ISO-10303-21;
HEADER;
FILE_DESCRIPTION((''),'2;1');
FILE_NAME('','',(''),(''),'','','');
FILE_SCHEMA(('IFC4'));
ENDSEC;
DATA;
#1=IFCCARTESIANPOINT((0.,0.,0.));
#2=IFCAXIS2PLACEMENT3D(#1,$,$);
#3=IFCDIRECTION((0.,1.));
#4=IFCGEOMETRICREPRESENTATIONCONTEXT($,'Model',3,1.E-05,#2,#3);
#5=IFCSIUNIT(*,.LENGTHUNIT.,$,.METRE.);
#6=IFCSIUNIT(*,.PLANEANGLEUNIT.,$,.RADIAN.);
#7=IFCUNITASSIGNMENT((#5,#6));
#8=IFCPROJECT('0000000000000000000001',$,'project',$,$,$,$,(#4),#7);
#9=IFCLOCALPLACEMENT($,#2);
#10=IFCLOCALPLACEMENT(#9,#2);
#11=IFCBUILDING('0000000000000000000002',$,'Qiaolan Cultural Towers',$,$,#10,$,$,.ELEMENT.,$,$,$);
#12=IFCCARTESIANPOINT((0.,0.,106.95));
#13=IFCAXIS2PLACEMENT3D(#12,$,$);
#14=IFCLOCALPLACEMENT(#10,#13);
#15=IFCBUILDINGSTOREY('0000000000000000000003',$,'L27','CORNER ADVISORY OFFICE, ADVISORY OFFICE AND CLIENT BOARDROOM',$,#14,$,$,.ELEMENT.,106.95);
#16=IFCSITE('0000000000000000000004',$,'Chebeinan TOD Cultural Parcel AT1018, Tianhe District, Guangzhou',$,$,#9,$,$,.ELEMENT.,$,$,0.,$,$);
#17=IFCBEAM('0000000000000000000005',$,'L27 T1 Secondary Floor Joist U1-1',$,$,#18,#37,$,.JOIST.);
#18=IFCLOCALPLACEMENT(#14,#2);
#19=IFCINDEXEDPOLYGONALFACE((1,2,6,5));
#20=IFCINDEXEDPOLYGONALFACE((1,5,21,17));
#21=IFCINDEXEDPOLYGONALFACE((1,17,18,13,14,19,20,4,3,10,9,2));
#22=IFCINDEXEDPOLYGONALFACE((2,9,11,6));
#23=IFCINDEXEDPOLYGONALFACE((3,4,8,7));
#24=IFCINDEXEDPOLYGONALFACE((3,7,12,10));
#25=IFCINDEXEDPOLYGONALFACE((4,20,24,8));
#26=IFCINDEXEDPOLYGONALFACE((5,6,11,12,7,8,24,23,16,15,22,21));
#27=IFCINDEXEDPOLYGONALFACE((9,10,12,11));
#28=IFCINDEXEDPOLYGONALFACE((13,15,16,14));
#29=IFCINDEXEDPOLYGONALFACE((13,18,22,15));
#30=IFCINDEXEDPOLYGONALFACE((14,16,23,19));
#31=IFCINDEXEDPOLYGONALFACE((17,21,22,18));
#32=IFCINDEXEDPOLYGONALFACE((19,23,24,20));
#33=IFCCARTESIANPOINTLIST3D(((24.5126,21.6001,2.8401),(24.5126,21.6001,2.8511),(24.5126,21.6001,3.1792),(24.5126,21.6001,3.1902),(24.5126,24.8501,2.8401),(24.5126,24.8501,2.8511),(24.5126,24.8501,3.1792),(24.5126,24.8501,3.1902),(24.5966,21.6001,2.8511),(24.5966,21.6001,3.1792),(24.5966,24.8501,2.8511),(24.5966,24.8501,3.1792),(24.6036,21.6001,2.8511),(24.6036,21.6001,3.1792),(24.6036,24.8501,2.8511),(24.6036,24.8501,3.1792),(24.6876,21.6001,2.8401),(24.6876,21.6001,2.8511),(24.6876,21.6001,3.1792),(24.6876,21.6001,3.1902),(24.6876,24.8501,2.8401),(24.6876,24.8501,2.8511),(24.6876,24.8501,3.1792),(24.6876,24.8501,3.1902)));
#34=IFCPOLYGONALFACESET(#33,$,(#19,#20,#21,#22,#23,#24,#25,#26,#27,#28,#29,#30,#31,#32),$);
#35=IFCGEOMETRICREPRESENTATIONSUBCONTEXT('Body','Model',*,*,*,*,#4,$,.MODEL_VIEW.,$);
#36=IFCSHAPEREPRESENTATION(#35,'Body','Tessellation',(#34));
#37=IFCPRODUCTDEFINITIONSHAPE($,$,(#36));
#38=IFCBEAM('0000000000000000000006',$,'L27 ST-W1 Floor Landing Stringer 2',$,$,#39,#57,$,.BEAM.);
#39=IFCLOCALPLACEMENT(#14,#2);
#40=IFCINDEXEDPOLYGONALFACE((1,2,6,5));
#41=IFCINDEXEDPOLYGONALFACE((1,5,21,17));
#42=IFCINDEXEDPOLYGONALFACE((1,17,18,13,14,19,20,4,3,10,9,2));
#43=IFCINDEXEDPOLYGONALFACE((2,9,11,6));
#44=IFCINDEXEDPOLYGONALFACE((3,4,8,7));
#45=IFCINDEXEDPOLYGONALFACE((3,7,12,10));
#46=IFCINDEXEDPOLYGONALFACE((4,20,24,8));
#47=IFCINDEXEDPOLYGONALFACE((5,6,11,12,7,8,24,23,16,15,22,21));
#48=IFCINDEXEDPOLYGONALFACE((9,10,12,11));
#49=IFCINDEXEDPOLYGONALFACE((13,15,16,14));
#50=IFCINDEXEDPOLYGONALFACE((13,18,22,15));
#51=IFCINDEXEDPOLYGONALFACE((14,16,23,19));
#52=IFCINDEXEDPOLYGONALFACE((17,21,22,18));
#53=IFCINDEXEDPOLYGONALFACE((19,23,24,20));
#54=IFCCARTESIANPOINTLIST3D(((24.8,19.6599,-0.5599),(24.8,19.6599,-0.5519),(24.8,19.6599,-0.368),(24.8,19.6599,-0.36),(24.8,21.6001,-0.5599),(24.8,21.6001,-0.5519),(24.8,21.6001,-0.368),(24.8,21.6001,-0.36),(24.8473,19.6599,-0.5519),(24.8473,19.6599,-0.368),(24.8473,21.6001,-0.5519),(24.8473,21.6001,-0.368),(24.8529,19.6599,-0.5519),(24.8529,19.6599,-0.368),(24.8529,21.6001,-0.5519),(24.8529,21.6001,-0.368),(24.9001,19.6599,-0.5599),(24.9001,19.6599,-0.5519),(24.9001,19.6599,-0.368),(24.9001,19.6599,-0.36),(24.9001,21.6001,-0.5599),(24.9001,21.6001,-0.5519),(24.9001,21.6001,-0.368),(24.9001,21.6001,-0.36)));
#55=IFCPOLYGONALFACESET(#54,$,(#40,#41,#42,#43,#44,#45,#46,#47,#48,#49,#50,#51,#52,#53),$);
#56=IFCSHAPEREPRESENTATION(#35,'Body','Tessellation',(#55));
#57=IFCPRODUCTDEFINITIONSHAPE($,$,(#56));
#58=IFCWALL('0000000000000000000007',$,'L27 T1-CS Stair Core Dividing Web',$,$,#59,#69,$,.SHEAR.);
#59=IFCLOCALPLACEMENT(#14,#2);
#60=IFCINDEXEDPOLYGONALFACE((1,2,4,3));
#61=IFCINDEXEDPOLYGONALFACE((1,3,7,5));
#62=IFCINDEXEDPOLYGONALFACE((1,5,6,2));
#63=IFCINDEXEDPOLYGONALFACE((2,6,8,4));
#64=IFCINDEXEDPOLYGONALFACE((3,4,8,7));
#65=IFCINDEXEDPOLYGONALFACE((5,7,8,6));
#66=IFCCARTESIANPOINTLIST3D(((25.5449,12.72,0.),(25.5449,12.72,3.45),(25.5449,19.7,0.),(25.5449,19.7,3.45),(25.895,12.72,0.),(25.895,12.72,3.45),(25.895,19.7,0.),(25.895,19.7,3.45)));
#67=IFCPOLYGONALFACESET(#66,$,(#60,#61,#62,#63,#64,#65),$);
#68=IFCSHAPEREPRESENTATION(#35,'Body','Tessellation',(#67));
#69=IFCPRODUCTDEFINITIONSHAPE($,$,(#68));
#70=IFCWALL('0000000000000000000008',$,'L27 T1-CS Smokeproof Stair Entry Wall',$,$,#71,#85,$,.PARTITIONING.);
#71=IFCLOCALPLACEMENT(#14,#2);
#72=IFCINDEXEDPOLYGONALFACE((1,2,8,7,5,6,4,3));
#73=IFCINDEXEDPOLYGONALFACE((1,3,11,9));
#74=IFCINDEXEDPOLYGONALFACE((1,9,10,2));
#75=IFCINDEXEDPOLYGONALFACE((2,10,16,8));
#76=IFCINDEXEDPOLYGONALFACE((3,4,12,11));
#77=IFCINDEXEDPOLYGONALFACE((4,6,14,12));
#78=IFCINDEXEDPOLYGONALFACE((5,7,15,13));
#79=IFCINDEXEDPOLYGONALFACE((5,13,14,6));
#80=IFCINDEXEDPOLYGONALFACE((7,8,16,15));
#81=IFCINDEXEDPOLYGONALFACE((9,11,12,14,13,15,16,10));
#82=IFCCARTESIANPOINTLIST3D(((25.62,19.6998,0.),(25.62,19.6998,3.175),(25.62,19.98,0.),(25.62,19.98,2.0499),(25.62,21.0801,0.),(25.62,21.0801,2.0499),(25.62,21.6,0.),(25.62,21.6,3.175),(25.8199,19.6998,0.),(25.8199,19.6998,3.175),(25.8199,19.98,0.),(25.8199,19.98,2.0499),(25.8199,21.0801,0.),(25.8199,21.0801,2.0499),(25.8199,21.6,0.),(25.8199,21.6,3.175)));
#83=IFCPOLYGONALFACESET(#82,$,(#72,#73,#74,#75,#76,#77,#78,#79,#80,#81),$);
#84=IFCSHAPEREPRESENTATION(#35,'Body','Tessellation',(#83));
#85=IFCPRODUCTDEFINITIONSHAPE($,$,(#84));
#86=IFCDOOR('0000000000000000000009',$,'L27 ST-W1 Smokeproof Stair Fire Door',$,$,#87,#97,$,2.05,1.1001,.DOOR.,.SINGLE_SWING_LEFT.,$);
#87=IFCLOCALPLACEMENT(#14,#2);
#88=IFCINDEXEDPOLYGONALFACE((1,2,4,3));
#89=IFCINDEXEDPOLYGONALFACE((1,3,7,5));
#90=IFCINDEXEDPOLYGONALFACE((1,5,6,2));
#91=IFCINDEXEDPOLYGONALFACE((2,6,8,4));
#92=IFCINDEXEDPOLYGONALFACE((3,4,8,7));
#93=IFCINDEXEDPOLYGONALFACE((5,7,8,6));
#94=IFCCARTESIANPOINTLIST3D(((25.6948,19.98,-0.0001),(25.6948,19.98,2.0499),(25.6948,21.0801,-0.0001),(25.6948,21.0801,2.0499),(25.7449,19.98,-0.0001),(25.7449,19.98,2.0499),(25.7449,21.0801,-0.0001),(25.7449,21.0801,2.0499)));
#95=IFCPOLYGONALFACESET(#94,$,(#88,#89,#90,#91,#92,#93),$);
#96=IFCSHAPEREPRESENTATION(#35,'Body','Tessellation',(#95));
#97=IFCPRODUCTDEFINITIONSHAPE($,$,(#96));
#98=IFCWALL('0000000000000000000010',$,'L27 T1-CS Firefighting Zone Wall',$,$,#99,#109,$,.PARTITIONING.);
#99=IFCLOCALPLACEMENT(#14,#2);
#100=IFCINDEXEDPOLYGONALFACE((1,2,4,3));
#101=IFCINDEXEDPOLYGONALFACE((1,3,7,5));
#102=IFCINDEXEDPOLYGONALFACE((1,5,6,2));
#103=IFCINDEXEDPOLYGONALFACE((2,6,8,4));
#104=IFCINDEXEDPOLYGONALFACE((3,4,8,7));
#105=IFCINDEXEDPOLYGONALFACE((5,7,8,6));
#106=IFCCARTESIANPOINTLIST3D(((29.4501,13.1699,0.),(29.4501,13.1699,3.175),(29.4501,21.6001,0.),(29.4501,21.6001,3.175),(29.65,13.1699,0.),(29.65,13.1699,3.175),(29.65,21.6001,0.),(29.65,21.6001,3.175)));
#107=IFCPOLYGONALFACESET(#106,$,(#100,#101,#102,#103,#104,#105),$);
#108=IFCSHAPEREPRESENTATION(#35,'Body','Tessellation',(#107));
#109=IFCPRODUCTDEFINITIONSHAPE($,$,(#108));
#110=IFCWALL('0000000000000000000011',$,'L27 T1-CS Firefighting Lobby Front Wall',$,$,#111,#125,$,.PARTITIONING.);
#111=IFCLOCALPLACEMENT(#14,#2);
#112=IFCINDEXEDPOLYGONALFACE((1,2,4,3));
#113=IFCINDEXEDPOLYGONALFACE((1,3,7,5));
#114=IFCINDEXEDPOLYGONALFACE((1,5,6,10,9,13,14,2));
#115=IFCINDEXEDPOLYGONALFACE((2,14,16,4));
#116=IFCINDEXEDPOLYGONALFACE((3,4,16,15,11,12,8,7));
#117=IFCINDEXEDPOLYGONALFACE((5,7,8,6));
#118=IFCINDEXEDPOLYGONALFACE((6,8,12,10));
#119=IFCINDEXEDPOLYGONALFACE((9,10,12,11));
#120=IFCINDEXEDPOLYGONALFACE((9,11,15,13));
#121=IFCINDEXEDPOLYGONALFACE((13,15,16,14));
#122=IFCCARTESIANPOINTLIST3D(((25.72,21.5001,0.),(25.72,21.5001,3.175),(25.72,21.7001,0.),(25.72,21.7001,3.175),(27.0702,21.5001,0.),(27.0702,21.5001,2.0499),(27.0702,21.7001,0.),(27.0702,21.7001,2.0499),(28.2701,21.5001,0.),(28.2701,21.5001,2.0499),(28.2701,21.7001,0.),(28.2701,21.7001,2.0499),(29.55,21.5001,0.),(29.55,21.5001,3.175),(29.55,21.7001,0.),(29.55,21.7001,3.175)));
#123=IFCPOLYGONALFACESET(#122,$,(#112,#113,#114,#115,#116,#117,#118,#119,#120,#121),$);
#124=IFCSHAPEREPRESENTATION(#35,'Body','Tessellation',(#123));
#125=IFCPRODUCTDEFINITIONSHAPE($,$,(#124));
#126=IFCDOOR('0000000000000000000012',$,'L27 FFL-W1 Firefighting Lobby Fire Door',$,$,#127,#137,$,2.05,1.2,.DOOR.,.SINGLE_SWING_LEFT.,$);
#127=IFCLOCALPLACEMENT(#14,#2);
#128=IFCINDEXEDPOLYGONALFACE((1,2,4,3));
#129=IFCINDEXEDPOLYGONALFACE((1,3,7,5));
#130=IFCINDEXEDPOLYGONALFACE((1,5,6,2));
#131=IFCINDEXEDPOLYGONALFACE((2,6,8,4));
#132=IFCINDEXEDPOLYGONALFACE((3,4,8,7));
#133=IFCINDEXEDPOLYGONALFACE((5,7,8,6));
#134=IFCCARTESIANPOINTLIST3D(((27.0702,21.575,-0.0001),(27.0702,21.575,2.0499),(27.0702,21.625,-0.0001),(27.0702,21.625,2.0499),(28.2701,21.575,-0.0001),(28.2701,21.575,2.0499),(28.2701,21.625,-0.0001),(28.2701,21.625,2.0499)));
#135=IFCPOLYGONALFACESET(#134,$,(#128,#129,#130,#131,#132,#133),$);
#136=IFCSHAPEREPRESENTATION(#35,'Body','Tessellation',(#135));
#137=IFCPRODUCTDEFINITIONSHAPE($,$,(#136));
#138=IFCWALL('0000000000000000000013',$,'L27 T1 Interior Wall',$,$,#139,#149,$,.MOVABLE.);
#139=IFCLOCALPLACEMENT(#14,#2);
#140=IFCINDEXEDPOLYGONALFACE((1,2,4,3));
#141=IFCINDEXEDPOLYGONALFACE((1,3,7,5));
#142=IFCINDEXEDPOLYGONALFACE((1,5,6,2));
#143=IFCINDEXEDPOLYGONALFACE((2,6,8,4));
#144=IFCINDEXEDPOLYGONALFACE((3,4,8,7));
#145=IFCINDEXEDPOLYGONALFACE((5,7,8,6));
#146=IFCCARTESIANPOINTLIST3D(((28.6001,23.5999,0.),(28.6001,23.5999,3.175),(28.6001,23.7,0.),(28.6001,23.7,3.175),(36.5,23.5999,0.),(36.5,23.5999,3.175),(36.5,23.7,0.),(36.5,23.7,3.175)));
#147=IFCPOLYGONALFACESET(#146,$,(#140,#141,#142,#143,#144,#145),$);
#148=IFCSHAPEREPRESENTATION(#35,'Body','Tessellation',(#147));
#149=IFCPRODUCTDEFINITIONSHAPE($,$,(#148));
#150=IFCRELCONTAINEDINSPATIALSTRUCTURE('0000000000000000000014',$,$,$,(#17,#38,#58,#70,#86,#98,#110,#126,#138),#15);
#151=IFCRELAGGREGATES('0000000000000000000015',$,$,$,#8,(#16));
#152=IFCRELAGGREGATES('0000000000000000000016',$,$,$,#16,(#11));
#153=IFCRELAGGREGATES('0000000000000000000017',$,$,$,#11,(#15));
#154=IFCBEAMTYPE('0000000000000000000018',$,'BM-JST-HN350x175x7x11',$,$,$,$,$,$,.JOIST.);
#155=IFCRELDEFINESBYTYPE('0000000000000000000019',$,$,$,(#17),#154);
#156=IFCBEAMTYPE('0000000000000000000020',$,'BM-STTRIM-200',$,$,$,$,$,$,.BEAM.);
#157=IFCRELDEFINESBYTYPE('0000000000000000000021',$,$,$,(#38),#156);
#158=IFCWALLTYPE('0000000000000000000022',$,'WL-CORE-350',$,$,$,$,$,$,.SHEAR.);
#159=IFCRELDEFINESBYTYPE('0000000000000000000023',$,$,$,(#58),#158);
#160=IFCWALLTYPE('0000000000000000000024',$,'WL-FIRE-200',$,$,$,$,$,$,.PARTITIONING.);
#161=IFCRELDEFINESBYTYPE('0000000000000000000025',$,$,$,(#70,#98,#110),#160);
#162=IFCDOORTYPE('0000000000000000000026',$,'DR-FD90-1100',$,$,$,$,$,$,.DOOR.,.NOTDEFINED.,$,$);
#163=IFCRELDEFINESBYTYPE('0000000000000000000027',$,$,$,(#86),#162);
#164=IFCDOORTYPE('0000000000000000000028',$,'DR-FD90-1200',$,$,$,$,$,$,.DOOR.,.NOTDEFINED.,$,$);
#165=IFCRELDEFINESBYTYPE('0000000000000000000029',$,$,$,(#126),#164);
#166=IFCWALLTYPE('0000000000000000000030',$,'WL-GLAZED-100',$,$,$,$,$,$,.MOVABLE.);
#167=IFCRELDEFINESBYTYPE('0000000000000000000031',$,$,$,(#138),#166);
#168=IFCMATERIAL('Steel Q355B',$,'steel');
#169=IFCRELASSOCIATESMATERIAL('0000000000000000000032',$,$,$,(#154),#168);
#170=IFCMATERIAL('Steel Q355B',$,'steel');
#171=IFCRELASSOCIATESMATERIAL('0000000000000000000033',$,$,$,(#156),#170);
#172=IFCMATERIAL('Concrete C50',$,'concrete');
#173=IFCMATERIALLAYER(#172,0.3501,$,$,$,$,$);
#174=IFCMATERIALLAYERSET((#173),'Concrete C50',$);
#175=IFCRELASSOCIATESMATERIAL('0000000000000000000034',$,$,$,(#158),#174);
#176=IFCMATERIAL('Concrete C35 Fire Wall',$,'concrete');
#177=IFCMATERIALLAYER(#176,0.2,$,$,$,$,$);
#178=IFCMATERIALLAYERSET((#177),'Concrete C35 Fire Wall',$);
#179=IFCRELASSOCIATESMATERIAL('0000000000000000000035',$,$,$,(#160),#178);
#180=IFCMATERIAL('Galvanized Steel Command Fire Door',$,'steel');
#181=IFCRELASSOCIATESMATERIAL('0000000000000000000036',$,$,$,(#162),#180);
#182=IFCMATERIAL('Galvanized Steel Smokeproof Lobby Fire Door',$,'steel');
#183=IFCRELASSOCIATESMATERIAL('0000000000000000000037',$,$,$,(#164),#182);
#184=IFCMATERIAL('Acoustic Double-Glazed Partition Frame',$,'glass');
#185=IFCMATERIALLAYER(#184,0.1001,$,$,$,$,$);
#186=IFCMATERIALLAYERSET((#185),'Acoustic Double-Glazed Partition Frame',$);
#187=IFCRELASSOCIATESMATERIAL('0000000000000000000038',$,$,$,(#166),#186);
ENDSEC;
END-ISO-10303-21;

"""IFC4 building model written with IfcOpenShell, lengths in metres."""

from ifc_helpers import new_model, si_unit, direction, frame, frame_2d, origin, origin_2d, place, context, subcontext, project, spatial, rectangle, i_section, extrude, material, layer, layer_set, material_profile, profile_set, type_object, element, fill, save


model = new_model("IFC4")

# Units and contexts
model_context = context("Model", 3, precision=1e-05, world=origin(), true_north=direction((0.0, 1.0)))
body_context = subcontext(model_context, "Body", "Model", "MODEL_VIEW")
ifc_project = project(units=[si_unit("LENGTHUNIT", "METRE"), si_unit("PLANEANGLEUNIT", "RADIAN")], contexts=[model_context])

# Site, building, storey
site_placement = place(None, origin())
site = spatial("IfcSite", under=ifc_project, at=site_placement, Name="Chebeinan TOD Cultural Parcel AT1018, Tianhe District, Guangzhou", CompositionType="ELEMENT", RefElevation=0.0)
building_placement = place(site_placement, origin())
building = spatial("IfcBuilding", under=site, at=building_placement, Name="Qiaolan Cultural Towers", CompositionType="ELEMENT")
storey_placement = place(building_placement, frame((0.0, 0.0, 106.95)))
storey = spatial("IfcBuildingStorey", under=building, at=storey_placement, Name="L27", Description="CORNER ADVISORY OFFICE, ADVISORY OFFICE AND CLIENT BOARDROOM", CompositionType="ELEMENT", Elevation=106.95)

# Beams
ifc_material_1 = material(Name="Steel Q355B", Category="steel")
ifc_material_profile_1 = material_profile(ifc_material_1, i_section(OverallWidth=0.175, OverallDepth=0.3501, WebThickness=0.0071, FlangeThickness=0.011, at=origin_2d()), Name="HN350x175x7x11")
ifc_profile_set_1 = profile_set([ifc_material_profile_1], Name="Steel Q355B")
beam_type_1 = type_object("IfcBeamType", Name="BM-JST-HN350x175x7x11", PredefinedType="JOIST", material=ifc_profile_set_1)
beam_1_placement = place(storey_placement, frame((24.6001, 21.6001, 3.0151), z_axis=(0.0, 1.0, 0.0), x_axis=(-1.0, 0.0, 0.0)))
element("IfcBeam", 1, at=beam_1_placement, inside=storey, type_object=beam_type_1, Name="L27 T1 Secondary Floor Joist U1-1", PredefinedType="JOIST", context=body_context, shape_type="SweptSolid", body=[
    extrude(i_section(OverallWidth=0.175, OverallDepth=0.3501, WebThickness=0.0071, FlangeThickness=0.011, at=origin_2d()), origin(), (0.0, 0.0, 1.0), 3.25),
])
ifc_material_2 = material(Name="Steel Q355B", Category="steel")
ifc_material_profile_2 = material_profile(ifc_material_2, i_section(OverallWidth=0.1001, OverallDepth=0.2, WebThickness=0.0056, FlangeThickness=0.0081, at=origin_2d()), Name="HN200x100x5.5x8")
ifc_profile_set_2 = profile_set([ifc_material_profile_2], Name="Steel Q355B")
beam_type_2 = type_object("IfcBeamType", Name="BM-STTRIM-200", PredefinedType="BEAM", material=ifc_profile_set_2)
beam_2_placement = place(storey_placement, frame((24.8501, 21.6001, -0.46), z_axis=(0.0, -1.0, 0.0), x_axis=(1.0, 0.0, 0.0)))
element("IfcBeam", 2, at=beam_2_placement, inside=storey, type_object=beam_type_2, Name="L27 ST-W1 Floor Landing Stringer 2", PredefinedType="BEAM", context=body_context, shape_type="SweptSolid", body=[
    extrude(i_section(OverallWidth=0.1001, OverallDepth=0.2, WebThickness=0.0056, FlangeThickness=0.0081, at=origin_2d()), origin(), (0.0, 0.0, 1.0), 1.9402),
])

# Wall
ifc_material_3 = material(Name="Concrete C50", Category="concrete")
ifc_layer_1 = layer(ifc_material_3, 0.3501)
ifc_layer_set_1 = layer_set([ifc_layer_1], Name="Concrete C50")
wall_type_1 = type_object("IfcWallType", Name="WL-CORE-350", PredefinedType="SHEAR", material=ifc_layer_set_1)
wall_1_placement = place(storey_placement, frame((25.72, 19.7, 0.0), z_axis=(0.0, 0.0, 1.0), x_axis=(0.0, -1.0, 0.0)))
element("IfcWall", 3, at=wall_1_placement, inside=storey, type_object=wall_type_1, Name="L27 T1-CS Stair Core Dividing Web", PredefinedType="SHEAR", context=body_context, shape_type="SweptSolid", body=[
    extrude(rectangle(XDim=6.98, YDim=0.3501, at=frame_2d((3.49, 0.0))), origin(), (0.0, 0.0, 1.0), 3.45),
])

# Wall, opening, door
ifc_material_4 = material(Name="Concrete C35 Fire Wall", Category="concrete")
ifc_layer_2 = layer(ifc_material_4, 0.2)
ifc_layer_set_2 = layer_set([ifc_layer_2], Name="Concrete C35 Fire Wall")
wall_type_2 = type_object("IfcWallType", Name="WL-FIRE-200", PredefinedType="PARTITIONING", material=ifc_layer_set_2)
wall_2_placement = place(storey_placement, frame((25.72, 21.6001, 0.0), z_axis=(0.0, 0.0, 1.0), x_axis=(0.0, -1.0, 0.0)))
wall_2 = element("IfcWall", 4, at=wall_2_placement, inside=storey, type_object=wall_type_2, Name="L27 T1-CS Smokeproof Stair Entry Wall", PredefinedType="PARTITIONING", context=body_context, shape_type="SweptSolid", body=[
    extrude(rectangle(XDim=1.9001, YDim=0.2, at=frame_2d((0.9502, 0.0))), origin(), (0.0, 0.0, 1.0), 3.175),
])
opening_1_placement = place(wall_2_placement, frame((0.52, 0.0, 0.0)))
opening_1 = element("IfcOpeningElement", 5, at=opening_1_placement, cuts=wall_2, PredefinedType="OPENING", context=body_context, shape_type="SweptSolid", body=[
    extrude(rectangle(XDim=1.1001, YDim=2.05, at=frame_2d((0.55, 1.0249))), frame((0.0, 0.1099, 0.0), z_axis=(0.0, -1.0, 0.0), x_axis=(1.0, 0.0, 0.0)), (0.0, 0.0, 1.0), 0.22),
])
ifc_material_5 = material(Name="Galvanized Steel Command Fire Door", Category="steel")
door_type_1 = type_object("IfcDoorType", Name="DR-FD90-1100", OperationType="NOTDEFINED", PredefinedType="DOOR", material=ifc_material_5)
door_1_placement = place(opening_1_placement, origin())
door_1 = element("IfcDoor", 6, at=door_1_placement, inside=storey, type_object=door_type_1, Name="L27 ST-W1 Smokeproof Stair Fire Door", OperationType="SINGLE_SWING_LEFT", OverallHeight=2.05, OverallWidth=1.1001, PredefinedType="DOOR", context=body_context, shape_type="SweptSolid", body=[
    extrude(rectangle(XDim=1.1001, YDim=2.05, at=frame_2d((0.55, 1.0249))), frame((0.0, 0.0249, 0.0), z_axis=(0.0, -1.0, 0.0), x_axis=(1.0, 0.0, 0.0)), (0.0, 0.0, 1.0), 0.05),
])
fill(opening_1, door_1)

# Wall
wall_3_placement = place(storey_placement, frame((29.55, 21.6001, 0.0), z_axis=(0.0, 0.0, 1.0), x_axis=(0.0, -1.0, 0.0)))
element("IfcWall", 7, at=wall_3_placement, inside=storey, type_object=wall_type_2, Name="L27 T1-CS Firefighting Zone Wall", PredefinedType="PARTITIONING", context=body_context, shape_type="SweptSolid", body=[
    extrude(rectangle(XDim=8.4302, YDim=0.2, at=frame_2d((4.2151, 0.0))), origin(), (0.0, 0.0, 1.0), 3.175),
])

# Wall, opening, door
wall_4_placement = place(storey_placement, frame((25.72, 21.6001, 0.0), z_axis=(0.0, 0.0, 1.0), x_axis=(1.0, 0.0, 0.0)))
wall_4 = element("IfcWall", 8, at=wall_4_placement, inside=storey, type_object=wall_type_2, Name="L27 T1-CS Firefighting Lobby Front Wall", PredefinedType="PARTITIONING", context=body_context, shape_type="SweptSolid", body=[
    extrude(rectangle(XDim=3.8301, YDim=0.2, at=frame_2d((1.915, 0.0))), origin(), (0.0, 0.0, 1.0), 3.175),
])
opening_2_placement = place(wall_4_placement, frame((1.3501, 0.0, 0.0)))
opening_2 = element("IfcOpeningElement", 9, at=opening_2_placement, cuts=wall_4, PredefinedType="OPENING", context=body_context, shape_type="SweptSolid", body=[
    extrude(rectangle(XDim=1.2, YDim=2.05, at=frame_2d((0.6001, 1.0249))), frame((0.0, 0.1099, 0.0), z_axis=(0.0, -1.0, 0.0), x_axis=(1.0, 0.0, 0.0)), (0.0, 0.0, 1.0), 0.22),
])
ifc_material_6 = material(Name="Galvanized Steel Smokeproof Lobby Fire Door", Category="steel")
door_type_2 = type_object("IfcDoorType", Name="DR-FD90-1200", OperationType="NOTDEFINED", PredefinedType="DOOR", material=ifc_material_6)
door_2_placement = place(opening_2_placement, origin())
door_2 = element("IfcDoor", 10, at=door_2_placement, inside=storey, type_object=door_type_2, Name="L27 FFL-W1 Firefighting Lobby Fire Door", OperationType="SINGLE_SWING_LEFT", OverallHeight=2.05, OverallWidth=1.2, PredefinedType="DOOR", context=body_context, shape_type="SweptSolid", body=[
    extrude(rectangle(XDim=1.2, YDim=2.05, at=frame_2d((0.6001, 1.0249))), frame((0.0, 0.0249, 0.0), z_axis=(0.0, -1.0, 0.0), x_axis=(1.0, 0.0, 0.0)), (0.0, 0.0, 1.0), 0.05),
])
fill(opening_2, door_2)

# Wall
ifc_material_7 = material(Name="Acoustic Double-Glazed Partition Frame", Category="glass")
ifc_layer_3 = layer(ifc_material_7, 0.1001)
ifc_layer_set_3 = layer_set([ifc_layer_3], Name="Acoustic Double-Glazed Partition Frame")
wall_type_3 = type_object("IfcWallType", Name="WL-GLAZED-100", PredefinedType="MOVABLE", material=ifc_layer_set_3)
wall_5_placement = place(storey_placement, frame((28.6001, 23.6499, 0.0), z_axis=(0.0, 0.0, 1.0), x_axis=(1.0, 0.0, 0.0)))
element("IfcWall", 11, at=wall_5_placement, inside=storey, type_object=wall_type_3, Name="L27 T1 Interior Wall", PredefinedType="MOVABLE", context=body_context, shape_type="SweptSolid", body=[
    extrude(rectangle(XDim=7.8999, YDim=0.1001, at=frame_2d((3.95, 0.0))), origin(), (0.0, 0.0, 1.0), 3.175),
])

save(model, "model.ifc")
